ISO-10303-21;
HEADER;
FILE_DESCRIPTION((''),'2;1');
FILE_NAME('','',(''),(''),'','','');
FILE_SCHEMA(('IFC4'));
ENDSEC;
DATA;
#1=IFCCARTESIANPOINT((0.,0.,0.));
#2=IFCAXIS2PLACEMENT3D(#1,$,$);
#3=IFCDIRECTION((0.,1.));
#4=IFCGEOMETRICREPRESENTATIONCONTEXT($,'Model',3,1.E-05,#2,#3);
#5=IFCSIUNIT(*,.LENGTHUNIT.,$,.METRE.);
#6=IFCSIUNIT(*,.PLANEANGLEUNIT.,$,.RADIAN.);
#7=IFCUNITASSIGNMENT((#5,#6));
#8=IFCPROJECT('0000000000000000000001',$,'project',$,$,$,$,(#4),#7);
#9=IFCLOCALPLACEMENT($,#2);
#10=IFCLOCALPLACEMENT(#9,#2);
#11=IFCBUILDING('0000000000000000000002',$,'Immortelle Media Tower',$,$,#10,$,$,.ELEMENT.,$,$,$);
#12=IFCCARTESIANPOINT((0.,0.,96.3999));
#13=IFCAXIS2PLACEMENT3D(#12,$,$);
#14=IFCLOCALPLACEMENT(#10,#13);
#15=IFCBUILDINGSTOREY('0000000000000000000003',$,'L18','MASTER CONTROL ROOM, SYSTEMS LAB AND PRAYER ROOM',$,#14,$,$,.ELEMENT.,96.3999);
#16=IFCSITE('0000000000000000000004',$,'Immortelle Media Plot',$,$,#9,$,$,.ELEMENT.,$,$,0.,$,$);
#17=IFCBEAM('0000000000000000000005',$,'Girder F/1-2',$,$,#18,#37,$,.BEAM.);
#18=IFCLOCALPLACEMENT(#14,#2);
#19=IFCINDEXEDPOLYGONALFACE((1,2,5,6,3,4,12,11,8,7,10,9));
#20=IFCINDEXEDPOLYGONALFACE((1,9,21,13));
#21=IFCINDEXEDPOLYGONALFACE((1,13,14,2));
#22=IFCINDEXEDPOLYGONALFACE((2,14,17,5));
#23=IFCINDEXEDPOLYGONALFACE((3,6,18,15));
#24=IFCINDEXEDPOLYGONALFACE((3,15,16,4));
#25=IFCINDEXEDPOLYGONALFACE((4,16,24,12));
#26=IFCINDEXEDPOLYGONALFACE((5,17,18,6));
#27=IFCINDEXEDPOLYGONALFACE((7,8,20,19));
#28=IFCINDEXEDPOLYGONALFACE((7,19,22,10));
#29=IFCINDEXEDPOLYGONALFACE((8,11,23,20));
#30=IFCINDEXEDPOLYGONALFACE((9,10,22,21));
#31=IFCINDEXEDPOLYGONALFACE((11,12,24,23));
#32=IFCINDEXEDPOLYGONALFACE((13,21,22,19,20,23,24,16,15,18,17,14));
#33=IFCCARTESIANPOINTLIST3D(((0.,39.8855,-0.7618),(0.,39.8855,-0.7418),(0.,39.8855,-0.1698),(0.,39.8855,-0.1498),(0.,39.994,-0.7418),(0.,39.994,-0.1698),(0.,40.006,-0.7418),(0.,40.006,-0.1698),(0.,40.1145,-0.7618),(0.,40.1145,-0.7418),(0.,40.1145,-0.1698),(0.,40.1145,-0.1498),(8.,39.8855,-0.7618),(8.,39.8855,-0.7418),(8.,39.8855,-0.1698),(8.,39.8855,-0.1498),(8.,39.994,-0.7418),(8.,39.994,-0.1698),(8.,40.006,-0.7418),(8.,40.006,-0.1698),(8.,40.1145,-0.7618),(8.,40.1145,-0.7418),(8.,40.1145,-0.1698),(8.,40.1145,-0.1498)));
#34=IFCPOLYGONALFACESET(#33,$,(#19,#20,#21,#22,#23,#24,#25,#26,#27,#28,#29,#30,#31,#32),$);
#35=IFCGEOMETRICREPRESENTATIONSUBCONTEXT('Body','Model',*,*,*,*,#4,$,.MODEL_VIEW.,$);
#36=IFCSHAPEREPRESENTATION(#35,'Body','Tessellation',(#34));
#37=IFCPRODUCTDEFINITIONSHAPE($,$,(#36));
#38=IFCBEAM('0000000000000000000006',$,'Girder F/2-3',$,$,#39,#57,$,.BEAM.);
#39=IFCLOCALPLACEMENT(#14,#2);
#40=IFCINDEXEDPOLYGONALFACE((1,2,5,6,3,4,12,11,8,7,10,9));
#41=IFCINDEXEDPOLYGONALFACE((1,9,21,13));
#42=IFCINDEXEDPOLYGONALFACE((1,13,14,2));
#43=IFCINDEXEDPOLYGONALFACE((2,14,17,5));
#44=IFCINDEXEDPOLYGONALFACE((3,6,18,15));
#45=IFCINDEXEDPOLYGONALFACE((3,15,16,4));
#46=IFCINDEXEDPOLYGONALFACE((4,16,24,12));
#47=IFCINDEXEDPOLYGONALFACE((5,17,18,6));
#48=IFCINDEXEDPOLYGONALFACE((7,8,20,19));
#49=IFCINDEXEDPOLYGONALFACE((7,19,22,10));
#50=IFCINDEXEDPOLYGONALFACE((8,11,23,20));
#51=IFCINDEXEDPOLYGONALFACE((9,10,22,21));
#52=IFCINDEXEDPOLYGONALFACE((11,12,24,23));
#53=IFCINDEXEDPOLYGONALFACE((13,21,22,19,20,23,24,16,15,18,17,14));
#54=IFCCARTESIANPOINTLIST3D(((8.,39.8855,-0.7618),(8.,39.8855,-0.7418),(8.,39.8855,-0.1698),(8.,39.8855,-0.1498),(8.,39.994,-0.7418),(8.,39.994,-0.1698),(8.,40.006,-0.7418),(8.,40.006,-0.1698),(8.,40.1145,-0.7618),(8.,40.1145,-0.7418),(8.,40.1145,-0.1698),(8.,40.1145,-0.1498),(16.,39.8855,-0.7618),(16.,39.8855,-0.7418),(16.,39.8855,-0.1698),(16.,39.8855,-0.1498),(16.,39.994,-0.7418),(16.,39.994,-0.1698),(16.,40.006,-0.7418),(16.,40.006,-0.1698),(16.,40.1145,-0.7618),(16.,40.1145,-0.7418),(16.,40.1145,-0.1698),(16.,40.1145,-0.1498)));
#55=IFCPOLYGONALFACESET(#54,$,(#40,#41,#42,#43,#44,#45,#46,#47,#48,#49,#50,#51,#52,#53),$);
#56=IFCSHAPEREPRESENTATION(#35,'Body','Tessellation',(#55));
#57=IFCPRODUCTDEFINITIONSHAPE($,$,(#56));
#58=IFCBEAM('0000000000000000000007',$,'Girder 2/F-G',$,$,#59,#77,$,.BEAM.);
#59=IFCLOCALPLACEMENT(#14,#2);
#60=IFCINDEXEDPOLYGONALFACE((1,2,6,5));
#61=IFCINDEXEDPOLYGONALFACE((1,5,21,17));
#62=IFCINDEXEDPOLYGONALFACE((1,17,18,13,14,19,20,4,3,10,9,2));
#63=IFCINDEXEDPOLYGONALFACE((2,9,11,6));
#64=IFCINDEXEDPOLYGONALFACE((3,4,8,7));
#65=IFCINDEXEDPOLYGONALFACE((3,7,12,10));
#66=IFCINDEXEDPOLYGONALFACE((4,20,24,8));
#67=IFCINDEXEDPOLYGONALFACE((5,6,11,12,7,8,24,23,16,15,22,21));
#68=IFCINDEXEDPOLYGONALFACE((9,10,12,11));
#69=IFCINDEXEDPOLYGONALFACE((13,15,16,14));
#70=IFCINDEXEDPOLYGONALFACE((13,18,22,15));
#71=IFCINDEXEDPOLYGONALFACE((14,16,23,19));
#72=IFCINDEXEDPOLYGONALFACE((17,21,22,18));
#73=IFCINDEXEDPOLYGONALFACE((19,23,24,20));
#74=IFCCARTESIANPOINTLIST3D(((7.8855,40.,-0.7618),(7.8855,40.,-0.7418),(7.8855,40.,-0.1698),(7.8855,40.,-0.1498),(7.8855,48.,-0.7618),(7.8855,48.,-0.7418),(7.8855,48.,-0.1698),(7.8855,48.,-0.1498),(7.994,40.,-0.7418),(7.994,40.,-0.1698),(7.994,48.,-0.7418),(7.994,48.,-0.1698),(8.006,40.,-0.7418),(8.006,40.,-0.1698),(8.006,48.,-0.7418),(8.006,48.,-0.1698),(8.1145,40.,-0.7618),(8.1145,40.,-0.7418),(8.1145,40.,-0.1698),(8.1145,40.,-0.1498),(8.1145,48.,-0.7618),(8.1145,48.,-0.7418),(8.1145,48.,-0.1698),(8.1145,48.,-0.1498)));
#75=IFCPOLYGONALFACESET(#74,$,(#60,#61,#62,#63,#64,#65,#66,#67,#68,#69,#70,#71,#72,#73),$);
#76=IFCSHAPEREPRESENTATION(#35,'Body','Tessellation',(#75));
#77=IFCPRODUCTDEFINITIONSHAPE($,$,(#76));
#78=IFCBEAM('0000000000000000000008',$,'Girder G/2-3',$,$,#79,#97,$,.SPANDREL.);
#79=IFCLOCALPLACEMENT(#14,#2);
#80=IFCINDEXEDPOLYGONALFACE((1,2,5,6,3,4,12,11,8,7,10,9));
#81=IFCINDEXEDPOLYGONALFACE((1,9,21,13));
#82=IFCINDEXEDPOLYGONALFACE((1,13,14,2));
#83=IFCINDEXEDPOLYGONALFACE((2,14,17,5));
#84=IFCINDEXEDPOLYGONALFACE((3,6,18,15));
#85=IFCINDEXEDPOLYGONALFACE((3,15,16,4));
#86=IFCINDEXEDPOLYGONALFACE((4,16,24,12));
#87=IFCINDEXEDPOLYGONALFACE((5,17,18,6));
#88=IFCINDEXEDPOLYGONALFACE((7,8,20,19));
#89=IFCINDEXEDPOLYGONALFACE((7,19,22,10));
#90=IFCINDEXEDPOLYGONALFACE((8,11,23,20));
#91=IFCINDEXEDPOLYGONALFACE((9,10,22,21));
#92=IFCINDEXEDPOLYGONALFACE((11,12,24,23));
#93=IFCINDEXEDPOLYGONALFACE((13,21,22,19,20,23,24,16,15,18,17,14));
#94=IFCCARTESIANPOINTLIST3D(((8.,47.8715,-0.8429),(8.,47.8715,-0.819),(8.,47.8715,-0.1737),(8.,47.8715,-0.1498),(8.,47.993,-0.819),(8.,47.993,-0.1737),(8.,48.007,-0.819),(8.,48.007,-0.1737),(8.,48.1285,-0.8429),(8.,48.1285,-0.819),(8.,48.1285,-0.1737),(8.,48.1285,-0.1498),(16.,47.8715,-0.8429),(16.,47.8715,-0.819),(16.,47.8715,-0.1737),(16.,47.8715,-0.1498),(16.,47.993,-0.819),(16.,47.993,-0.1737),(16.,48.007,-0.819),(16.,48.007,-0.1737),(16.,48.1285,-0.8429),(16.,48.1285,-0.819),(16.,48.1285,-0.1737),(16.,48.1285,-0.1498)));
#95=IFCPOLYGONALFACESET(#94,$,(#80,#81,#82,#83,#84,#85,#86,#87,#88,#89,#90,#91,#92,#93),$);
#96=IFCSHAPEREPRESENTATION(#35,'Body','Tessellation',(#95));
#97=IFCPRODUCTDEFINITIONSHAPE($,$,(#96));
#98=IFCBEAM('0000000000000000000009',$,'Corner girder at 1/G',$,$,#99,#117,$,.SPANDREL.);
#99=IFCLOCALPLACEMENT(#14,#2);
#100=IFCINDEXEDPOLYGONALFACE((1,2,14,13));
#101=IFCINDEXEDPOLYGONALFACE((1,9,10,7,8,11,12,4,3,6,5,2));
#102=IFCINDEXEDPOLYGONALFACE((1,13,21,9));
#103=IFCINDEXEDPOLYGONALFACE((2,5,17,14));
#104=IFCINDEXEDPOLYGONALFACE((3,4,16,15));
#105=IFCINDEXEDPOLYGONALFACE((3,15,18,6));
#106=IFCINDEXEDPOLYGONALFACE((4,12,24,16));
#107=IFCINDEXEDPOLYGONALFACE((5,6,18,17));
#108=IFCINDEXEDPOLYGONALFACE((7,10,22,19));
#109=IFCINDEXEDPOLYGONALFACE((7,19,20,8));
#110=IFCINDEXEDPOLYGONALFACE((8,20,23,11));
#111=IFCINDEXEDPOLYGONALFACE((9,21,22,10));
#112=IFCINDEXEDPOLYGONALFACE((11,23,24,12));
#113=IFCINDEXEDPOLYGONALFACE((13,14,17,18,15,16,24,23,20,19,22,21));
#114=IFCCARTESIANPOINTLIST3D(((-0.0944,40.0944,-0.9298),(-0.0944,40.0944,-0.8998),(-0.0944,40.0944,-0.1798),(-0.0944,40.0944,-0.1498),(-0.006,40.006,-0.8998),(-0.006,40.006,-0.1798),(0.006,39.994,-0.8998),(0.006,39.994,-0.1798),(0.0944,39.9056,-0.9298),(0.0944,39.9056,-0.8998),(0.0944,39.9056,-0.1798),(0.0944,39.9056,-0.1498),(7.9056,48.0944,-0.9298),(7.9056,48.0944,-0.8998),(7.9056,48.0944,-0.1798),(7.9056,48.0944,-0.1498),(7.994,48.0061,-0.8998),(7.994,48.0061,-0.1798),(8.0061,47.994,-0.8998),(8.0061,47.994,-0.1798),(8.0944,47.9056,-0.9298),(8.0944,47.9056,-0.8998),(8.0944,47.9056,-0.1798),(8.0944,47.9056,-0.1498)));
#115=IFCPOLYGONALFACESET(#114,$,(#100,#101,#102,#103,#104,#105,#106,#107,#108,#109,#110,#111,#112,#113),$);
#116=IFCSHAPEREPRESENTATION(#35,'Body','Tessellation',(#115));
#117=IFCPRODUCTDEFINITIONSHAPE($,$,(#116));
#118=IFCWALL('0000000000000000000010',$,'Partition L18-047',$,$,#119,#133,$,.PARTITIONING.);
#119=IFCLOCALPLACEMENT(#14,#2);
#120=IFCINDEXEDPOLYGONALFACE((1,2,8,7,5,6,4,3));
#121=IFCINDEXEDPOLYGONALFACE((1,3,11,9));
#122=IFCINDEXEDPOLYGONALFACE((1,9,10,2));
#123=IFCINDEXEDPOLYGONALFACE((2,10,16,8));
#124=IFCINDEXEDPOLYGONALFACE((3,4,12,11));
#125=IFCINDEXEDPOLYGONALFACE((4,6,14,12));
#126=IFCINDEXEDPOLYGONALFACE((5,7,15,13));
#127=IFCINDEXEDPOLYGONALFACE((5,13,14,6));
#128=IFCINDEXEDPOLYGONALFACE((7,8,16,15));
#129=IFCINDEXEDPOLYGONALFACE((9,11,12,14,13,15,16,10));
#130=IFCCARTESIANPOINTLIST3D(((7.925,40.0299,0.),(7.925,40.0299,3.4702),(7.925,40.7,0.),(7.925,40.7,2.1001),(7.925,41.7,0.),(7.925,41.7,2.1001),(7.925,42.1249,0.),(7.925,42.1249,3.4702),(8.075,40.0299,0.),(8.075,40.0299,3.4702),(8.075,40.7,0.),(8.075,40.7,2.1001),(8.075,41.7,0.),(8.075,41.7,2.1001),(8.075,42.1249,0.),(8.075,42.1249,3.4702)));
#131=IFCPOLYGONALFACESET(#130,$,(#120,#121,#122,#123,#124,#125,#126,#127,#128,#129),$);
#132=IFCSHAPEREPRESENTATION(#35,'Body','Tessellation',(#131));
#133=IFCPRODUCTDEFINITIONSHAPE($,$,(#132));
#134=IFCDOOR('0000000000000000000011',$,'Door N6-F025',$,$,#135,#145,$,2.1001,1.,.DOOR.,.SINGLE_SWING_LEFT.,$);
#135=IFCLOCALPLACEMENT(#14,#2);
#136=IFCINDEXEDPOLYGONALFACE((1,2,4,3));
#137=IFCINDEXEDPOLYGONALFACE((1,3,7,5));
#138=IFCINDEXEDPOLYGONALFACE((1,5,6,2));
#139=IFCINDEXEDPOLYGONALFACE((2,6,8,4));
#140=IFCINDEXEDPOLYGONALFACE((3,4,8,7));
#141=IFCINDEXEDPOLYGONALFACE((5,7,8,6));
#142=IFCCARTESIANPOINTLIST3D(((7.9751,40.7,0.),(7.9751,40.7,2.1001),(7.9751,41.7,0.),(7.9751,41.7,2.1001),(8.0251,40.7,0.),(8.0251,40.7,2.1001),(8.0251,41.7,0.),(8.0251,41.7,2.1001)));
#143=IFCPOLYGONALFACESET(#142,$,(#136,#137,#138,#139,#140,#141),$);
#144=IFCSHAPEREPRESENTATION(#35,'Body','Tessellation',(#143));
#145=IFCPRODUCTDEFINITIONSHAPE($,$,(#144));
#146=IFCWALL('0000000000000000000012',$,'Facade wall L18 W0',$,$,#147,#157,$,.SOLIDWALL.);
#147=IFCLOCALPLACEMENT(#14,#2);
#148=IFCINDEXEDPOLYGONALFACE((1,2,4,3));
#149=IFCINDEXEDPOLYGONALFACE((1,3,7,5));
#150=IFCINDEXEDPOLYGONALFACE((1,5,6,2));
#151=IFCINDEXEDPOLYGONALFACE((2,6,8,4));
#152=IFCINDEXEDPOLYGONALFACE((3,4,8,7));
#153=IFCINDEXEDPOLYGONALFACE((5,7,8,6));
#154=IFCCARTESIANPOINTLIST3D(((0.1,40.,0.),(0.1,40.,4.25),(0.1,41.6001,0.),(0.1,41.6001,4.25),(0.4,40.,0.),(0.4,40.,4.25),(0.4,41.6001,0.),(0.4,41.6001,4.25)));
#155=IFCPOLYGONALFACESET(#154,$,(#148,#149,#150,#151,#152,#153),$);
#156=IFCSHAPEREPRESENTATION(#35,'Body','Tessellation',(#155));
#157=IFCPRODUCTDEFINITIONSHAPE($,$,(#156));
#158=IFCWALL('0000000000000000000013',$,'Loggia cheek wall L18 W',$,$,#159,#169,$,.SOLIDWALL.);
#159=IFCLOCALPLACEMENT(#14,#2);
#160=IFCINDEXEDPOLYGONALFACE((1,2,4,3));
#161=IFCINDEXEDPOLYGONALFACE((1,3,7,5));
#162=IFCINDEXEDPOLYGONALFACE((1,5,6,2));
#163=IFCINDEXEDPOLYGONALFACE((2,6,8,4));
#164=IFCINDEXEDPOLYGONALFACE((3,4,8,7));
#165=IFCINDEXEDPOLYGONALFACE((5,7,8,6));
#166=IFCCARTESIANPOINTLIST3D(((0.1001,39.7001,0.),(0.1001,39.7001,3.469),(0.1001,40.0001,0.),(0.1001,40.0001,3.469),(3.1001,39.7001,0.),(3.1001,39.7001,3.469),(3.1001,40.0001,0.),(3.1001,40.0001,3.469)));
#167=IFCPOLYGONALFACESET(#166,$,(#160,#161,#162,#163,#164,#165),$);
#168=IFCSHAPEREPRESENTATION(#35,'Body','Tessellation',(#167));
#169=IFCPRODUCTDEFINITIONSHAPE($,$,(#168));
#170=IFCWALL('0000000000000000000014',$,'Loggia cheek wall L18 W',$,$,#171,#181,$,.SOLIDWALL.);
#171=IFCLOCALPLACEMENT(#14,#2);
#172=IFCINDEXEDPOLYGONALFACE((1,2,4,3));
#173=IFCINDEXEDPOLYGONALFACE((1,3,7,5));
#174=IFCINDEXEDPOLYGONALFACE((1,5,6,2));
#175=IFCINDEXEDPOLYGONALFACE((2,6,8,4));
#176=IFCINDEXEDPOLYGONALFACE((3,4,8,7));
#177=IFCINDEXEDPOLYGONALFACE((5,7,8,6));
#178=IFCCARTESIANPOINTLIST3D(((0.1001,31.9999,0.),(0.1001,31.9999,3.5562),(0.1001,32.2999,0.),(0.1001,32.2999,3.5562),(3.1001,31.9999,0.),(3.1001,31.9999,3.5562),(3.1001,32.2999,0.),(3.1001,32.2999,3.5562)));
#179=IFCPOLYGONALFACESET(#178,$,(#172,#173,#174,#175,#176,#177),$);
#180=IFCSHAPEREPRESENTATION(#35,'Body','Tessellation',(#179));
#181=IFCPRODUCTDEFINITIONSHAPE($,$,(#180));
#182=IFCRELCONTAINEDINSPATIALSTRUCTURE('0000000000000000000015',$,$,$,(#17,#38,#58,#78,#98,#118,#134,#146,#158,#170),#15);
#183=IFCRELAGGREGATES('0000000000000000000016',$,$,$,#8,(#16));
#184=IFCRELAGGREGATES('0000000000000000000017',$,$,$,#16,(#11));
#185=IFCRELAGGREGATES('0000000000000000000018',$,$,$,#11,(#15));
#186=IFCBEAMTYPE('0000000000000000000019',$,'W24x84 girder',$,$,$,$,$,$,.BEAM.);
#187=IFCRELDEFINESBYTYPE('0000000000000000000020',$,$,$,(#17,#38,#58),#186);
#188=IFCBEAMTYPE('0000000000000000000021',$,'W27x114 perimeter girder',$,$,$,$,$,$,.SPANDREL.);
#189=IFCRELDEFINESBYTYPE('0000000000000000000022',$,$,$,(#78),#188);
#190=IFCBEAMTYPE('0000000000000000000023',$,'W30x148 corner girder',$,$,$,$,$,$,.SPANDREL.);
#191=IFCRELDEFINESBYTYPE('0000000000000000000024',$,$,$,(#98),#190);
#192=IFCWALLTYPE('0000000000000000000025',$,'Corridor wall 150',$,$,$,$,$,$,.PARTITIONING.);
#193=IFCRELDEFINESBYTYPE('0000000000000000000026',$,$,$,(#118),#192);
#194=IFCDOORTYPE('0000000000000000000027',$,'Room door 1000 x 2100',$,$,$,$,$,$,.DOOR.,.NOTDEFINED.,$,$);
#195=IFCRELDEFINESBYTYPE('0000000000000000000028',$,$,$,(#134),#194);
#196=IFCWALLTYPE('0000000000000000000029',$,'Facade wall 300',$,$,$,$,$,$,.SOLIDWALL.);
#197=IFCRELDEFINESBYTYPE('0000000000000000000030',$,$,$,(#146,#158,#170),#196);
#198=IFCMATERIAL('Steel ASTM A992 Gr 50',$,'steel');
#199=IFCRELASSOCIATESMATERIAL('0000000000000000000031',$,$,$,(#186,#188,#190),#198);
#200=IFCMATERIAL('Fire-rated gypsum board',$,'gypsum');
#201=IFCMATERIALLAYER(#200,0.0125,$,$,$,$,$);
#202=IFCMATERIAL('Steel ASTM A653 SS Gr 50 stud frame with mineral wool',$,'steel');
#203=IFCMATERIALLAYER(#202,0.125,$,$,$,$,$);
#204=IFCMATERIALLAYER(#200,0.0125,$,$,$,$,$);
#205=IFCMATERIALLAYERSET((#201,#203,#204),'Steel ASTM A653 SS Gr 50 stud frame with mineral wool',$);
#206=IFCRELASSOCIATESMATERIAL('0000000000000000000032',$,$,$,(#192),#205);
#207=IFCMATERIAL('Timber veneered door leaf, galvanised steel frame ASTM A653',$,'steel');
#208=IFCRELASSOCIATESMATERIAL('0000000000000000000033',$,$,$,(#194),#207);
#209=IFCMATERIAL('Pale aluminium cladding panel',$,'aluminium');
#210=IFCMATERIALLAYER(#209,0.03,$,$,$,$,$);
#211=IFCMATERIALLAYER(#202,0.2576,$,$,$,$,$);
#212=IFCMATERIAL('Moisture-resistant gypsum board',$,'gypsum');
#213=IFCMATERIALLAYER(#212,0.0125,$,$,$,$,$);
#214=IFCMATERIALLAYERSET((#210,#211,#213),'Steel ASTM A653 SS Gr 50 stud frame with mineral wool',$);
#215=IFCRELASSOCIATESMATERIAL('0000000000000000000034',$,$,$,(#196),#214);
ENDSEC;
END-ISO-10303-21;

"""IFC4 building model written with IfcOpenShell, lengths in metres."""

from ifc_helpers import new_model, si_unit, direction, frame, frame_2d, origin, origin_2d, place, context, subcontext, project, spatial, rectangle, i_section, extrude, material, layer, layer_set, material_profile, profile_set, type_object, element, fill, save


model = new_model("IFC4")

# Units and contexts
model_context = context("Model", 3, precision=1e-05, world=origin(), true_north=direction((0.0, 1.0)))
body_context = subcontext(model_context, "Body", "Model", "MODEL_VIEW")
ifc_project = project(units=[si_unit("LENGTHUNIT", "METRE"), si_unit("PLANEANGLEUNIT", "RADIAN")], contexts=[model_context])

# Site, building, storey
site_placement = place(None, origin())
site = spatial("IfcSite", under=ifc_project, at=site_placement, Name="Immortelle Media Plot", CompositionType="ELEMENT", RefElevation=0.0)
building_placement = place(site_placement, origin())
building = spatial("IfcBuilding", under=site, at=building_placement, Name="Immortelle Media Tower", CompositionType="ELEMENT")
storey_placement = place(building_placement, frame((0.0, 0.0, 96.3999)))
storey = spatial("IfcBuildingStorey", under=building, at=storey_placement, Name="L18", Description="MASTER CONTROL ROOM, SYSTEMS LAB AND PRAYER ROOM", CompositionType="ELEMENT", Elevation=96.3999)

# Shared definitions
ifc_material_1 = material(Name="Steel ASTM A992 Gr 50", Category="steel")

# Beams
ifc_material_profile_1 = material_profile(ifc_material_1, i_section(OverallWidth=0.229, OverallDepth=0.6121, WebThickness=0.012, FlangeThickness=0.02, at=origin_2d()), Name="W24x84")
ifc_profile_set_1 = profile_set([ifc_material_profile_1], Name="Steel ASTM A992 Gr 50")
beam_type_1 = type_object("IfcBeamType", Name="W24x84 girder", PredefinedType="BEAM", material=ifc_profile_set_1)
for number, where, z_axis, x_axis, name in (
    (1, (0.0, 40.0, -0.4558), (1.0, 0.0, 0.0), (0.0, 1.0, 0.0), "Girder F/1-2"),
    (2, (8.0, 40.0, -0.4558), (1.0, 0.0, 0.0), (0.0, 1.0, 0.0), "Girder F/2-3"),
    (3, (8.0, 40.0, -0.4558), (0.0, 1.0, 0.0), (-1.0, 0.0, 0.0), "Girder 2/F-G"),
):
    element("IfcBeam", number, at=place(storey_placement, frame(where, z_axis=z_axis, x_axis=x_axis)), inside=storey, type_object=beam_type_1, Name=name, PredefinedType="BEAM", context=body_context, shape_type="SweptSolid", body=[
        extrude(i_section(OverallWidth=0.229, OverallDepth=0.6121, WebThickness=0.012, FlangeThickness=0.02, at=origin_2d()), origin(), (0.0, 0.0, 1.0), 8.0),
    ])
ifc_material_profile_2 = material_profile(ifc_material_1, i_section(OverallWidth=0.2571, OverallDepth=0.6931, WebThickness=0.0139, FlangeThickness=0.0239, at=origin_2d()), Name="W27x114")
ifc_profile_set_2 = profile_set([ifc_material_profile_2], Name="Steel ASTM A992 Gr 50")
beam_type_2 = type_object("IfcBeamType", Name="W27x114 perimeter girder", PredefinedType="SPANDREL", material=ifc_profile_set_2)
beam_1_placement = place(storey_placement, frame((8.0, 48.0, -0.4963), z_axis=(1.0, 0.0, 0.0), x_axis=(0.0, 1.0, 0.0)))
element("IfcBeam", 4, at=beam_1_placement, inside=storey, type_object=beam_type_2, Name="Girder G/2-3", PredefinedType="SPANDREL", context=body_context, shape_type="SweptSolid", body=[
    extrude(i_section(OverallWidth=0.2571, OverallDepth=0.6931, WebThickness=0.0139, FlangeThickness=0.0239, at=origin_2d()), origin(), (0.0, 0.0, 1.0), 8.0),
])
ifc_material_profile_3 = material_profile(ifc_material_1, i_section(OverallWidth=0.2671, OverallDepth=0.78, WebThickness=0.0171, FlangeThickness=0.03, at=origin_2d()), Name="W30x148")
ifc_profile_set_3 = profile_set([ifc_material_profile_3], Name="Steel ASTM A992 Gr 50")
beam_type_3 = type_object("IfcBeamType", Name="W30x148 corner girder", PredefinedType="SPANDREL", material=ifc_profile_set_3)
beam_2_placement = place(storey_placement, frame((0.0, 40.0, -0.5398), z_axis=(0.707107, 0.707107, 0.0), x_axis=(-0.707107, 0.707107, 0.0)))
element("IfcBeam", 5, at=beam_2_placement, inside=storey, type_object=beam_type_3, Name="Corner girder at 1/G", PredefinedType="SPANDREL", context=body_context, shape_type="SweptSolid", body=[
    extrude(i_section(OverallWidth=0.2671, OverallDepth=0.78, WebThickness=0.0171, FlangeThickness=0.03, at=origin_2d()), origin(), (0.0, 0.0, 1.0), 11.3137),
])

# Wall, opening, door
ifc_material_2 = material(Name="Fire-rated gypsum board", Category="gypsum")
ifc_layer_1 = layer(ifc_material_2, 0.0125)
ifc_material_3 = material(Name="Steel ASTM A653 SS Gr 50 stud frame with mineral wool", Category="steel")
ifc_layer_2 = layer(ifc_material_3, 0.125)
ifc_layer_3 = layer(ifc_material_2, 0.0125)
ifc_layer_set_1 = layer_set([ifc_layer_1, ifc_layer_2, ifc_layer_3], Name="Steel ASTM A653 SS Gr 50 stud frame with mineral wool")
wall_type_1 = type_object("IfcWallType", Name="Corridor wall 150", PredefinedType="PARTITIONING", material=ifc_layer_set_1)
wall_1_placement = place(storey_placement, frame((8.0, 40.03, 0.0), z_axis=(0.0, 0.0, 1.0), x_axis=(0.0, 1.0, 0.0)))
wall_1 = element("IfcWall", 6, at=wall_1_placement, inside=storey, type_object=wall_type_1, Name="Partition L18-047", PredefinedType="PARTITIONING", context=body_context, shape_type="SweptSolid", body=[
    extrude(rectangle(XDim=2.095, YDim=0.1499, at=frame_2d((1.0474, 0.0))), origin(), (0.0, 0.0, 1.0), 3.4702),
])
opening_1_placement = place(wall_1_placement, frame((0.6699, 0.0, 0.0)))
opening_1 = element("IfcOpeningElement", 7, at=opening_1_placement, cuts=wall_1, PredefinedType="OPENING", context=body_context, shape_type="SweptSolid", body=[
    extrude(rectangle(XDim=1.0, YDim=2.1001, at=frame_2d((0.5, 1.05))), frame((0.0, 0.085, 0.0), z_axis=(0.0, -1.0, 0.0), x_axis=(1.0, 0.0, 0.0)), (0.0, 0.0, 1.0), 0.1699),
])
ifc_material_4 = material(Name="Timber veneered door leaf, galvanised steel frame ASTM A653", Category="steel")
door_type_1 = type_object("IfcDoorType", Name="Room door 1000 x 2100", OperationType="NOTDEFINED", PredefinedType="DOOR", material=ifc_material_4)
door_1_placement = place(opening_1_placement, origin())
door_1 = element("IfcDoor", 8, at=door_1_placement, inside=storey, type_object=door_type_1, Name="Door N6-F025", OperationType="SINGLE_SWING_LEFT", OverallHeight=2.1001, OverallWidth=1.0, PredefinedType="DOOR", context=body_context, shape_type="SweptSolid", body=[
    extrude(rectangle(XDim=1.0, YDim=2.1001, at=frame_2d((0.5, 1.05))), frame((0.0, 0.0249, 0.0), z_axis=(0.0, -1.0, 0.0), x_axis=(1.0, 0.0, 0.0)), (0.0, 0.0, 1.0), 0.05),
])
fill(opening_1, door_1)

# Wall
ifc_material_5 = material(Name="Pale aluminium cladding panel", Category="aluminium")
ifc_layer_4 = layer(ifc_material_5, 0.03)
ifc_layer_5 = layer(ifc_material_3, 0.2576)
ifc_material_6 = material(Name="Moisture-resistant gypsum board", Category="gypsum")
ifc_layer_6 = layer(ifc_material_6, 0.0125)
ifc_layer_set_2 = layer_set([ifc_layer_4, ifc_layer_5, ifc_layer_6], Name="Steel ASTM A653 SS Gr 50 stud frame with mineral wool")
wall_type_2 = type_object("IfcWallType", Name="Facade wall 300", PredefinedType="SOLIDWALL", material=ifc_layer_set_2)
wall_2_placement = place(storey_placement, frame((0.25, 41.6001, 0.0), z_axis=(0.0, 0.0, 1.0), x_axis=(0.0, -1.0, 0.0)))
element("IfcWall", 9, at=wall_2_placement, inside=storey, type_object=wall_type_2, Name="Facade wall L18 W0", PredefinedType="SOLIDWALL", context=body_context, shape_type="SweptSolid", body=[
    extrude(rectangle(XDim=1.6001, YDim=0.3, at=frame_2d((0.8, 0.0))), origin(), (0.0, 0.0, 1.0), 4.25),
])

# Walls
wall_3_placement = place(storey_placement, frame((0.1001, 39.8501, 0.0), z_axis=(0.0, 0.0, 1.0), x_axis=(1.0, 0.0, 0.0)))
element("IfcWall", 10, at=wall_3_placement, inside=storey, type_object=wall_type_2, Name="Loggia cheek wall L18 W", PredefinedType="SOLIDWALL", context=body_context, shape_type="SweptSolid", body=[
    extrude(rectangle(XDim=3.0, YDim=0.3, at=frame_2d((1.5, 0.0))), origin(), (0.0, 0.0, 1.0), 3.469),
])
wall_4_placement = place(storey_placement, frame((0.1001, 32.1499, 0.0), z_axis=(0.0, 0.0, 1.0), x_axis=(1.0, 0.0, 0.0)))
element("IfcWall", 11, at=wall_4_placement, inside=storey, type_object=wall_type_2, Name="Loggia cheek wall L18 W", PredefinedType="SOLIDWALL", context=body_context, shape_type="SweptSolid", body=[
    extrude(rectangle(XDim=3.0, YDim=0.3, at=frame_2d((1.5, 0.0))), origin(), (0.0, 0.0, 1.0), 3.5562),
])

save(model, "model.ifc")
